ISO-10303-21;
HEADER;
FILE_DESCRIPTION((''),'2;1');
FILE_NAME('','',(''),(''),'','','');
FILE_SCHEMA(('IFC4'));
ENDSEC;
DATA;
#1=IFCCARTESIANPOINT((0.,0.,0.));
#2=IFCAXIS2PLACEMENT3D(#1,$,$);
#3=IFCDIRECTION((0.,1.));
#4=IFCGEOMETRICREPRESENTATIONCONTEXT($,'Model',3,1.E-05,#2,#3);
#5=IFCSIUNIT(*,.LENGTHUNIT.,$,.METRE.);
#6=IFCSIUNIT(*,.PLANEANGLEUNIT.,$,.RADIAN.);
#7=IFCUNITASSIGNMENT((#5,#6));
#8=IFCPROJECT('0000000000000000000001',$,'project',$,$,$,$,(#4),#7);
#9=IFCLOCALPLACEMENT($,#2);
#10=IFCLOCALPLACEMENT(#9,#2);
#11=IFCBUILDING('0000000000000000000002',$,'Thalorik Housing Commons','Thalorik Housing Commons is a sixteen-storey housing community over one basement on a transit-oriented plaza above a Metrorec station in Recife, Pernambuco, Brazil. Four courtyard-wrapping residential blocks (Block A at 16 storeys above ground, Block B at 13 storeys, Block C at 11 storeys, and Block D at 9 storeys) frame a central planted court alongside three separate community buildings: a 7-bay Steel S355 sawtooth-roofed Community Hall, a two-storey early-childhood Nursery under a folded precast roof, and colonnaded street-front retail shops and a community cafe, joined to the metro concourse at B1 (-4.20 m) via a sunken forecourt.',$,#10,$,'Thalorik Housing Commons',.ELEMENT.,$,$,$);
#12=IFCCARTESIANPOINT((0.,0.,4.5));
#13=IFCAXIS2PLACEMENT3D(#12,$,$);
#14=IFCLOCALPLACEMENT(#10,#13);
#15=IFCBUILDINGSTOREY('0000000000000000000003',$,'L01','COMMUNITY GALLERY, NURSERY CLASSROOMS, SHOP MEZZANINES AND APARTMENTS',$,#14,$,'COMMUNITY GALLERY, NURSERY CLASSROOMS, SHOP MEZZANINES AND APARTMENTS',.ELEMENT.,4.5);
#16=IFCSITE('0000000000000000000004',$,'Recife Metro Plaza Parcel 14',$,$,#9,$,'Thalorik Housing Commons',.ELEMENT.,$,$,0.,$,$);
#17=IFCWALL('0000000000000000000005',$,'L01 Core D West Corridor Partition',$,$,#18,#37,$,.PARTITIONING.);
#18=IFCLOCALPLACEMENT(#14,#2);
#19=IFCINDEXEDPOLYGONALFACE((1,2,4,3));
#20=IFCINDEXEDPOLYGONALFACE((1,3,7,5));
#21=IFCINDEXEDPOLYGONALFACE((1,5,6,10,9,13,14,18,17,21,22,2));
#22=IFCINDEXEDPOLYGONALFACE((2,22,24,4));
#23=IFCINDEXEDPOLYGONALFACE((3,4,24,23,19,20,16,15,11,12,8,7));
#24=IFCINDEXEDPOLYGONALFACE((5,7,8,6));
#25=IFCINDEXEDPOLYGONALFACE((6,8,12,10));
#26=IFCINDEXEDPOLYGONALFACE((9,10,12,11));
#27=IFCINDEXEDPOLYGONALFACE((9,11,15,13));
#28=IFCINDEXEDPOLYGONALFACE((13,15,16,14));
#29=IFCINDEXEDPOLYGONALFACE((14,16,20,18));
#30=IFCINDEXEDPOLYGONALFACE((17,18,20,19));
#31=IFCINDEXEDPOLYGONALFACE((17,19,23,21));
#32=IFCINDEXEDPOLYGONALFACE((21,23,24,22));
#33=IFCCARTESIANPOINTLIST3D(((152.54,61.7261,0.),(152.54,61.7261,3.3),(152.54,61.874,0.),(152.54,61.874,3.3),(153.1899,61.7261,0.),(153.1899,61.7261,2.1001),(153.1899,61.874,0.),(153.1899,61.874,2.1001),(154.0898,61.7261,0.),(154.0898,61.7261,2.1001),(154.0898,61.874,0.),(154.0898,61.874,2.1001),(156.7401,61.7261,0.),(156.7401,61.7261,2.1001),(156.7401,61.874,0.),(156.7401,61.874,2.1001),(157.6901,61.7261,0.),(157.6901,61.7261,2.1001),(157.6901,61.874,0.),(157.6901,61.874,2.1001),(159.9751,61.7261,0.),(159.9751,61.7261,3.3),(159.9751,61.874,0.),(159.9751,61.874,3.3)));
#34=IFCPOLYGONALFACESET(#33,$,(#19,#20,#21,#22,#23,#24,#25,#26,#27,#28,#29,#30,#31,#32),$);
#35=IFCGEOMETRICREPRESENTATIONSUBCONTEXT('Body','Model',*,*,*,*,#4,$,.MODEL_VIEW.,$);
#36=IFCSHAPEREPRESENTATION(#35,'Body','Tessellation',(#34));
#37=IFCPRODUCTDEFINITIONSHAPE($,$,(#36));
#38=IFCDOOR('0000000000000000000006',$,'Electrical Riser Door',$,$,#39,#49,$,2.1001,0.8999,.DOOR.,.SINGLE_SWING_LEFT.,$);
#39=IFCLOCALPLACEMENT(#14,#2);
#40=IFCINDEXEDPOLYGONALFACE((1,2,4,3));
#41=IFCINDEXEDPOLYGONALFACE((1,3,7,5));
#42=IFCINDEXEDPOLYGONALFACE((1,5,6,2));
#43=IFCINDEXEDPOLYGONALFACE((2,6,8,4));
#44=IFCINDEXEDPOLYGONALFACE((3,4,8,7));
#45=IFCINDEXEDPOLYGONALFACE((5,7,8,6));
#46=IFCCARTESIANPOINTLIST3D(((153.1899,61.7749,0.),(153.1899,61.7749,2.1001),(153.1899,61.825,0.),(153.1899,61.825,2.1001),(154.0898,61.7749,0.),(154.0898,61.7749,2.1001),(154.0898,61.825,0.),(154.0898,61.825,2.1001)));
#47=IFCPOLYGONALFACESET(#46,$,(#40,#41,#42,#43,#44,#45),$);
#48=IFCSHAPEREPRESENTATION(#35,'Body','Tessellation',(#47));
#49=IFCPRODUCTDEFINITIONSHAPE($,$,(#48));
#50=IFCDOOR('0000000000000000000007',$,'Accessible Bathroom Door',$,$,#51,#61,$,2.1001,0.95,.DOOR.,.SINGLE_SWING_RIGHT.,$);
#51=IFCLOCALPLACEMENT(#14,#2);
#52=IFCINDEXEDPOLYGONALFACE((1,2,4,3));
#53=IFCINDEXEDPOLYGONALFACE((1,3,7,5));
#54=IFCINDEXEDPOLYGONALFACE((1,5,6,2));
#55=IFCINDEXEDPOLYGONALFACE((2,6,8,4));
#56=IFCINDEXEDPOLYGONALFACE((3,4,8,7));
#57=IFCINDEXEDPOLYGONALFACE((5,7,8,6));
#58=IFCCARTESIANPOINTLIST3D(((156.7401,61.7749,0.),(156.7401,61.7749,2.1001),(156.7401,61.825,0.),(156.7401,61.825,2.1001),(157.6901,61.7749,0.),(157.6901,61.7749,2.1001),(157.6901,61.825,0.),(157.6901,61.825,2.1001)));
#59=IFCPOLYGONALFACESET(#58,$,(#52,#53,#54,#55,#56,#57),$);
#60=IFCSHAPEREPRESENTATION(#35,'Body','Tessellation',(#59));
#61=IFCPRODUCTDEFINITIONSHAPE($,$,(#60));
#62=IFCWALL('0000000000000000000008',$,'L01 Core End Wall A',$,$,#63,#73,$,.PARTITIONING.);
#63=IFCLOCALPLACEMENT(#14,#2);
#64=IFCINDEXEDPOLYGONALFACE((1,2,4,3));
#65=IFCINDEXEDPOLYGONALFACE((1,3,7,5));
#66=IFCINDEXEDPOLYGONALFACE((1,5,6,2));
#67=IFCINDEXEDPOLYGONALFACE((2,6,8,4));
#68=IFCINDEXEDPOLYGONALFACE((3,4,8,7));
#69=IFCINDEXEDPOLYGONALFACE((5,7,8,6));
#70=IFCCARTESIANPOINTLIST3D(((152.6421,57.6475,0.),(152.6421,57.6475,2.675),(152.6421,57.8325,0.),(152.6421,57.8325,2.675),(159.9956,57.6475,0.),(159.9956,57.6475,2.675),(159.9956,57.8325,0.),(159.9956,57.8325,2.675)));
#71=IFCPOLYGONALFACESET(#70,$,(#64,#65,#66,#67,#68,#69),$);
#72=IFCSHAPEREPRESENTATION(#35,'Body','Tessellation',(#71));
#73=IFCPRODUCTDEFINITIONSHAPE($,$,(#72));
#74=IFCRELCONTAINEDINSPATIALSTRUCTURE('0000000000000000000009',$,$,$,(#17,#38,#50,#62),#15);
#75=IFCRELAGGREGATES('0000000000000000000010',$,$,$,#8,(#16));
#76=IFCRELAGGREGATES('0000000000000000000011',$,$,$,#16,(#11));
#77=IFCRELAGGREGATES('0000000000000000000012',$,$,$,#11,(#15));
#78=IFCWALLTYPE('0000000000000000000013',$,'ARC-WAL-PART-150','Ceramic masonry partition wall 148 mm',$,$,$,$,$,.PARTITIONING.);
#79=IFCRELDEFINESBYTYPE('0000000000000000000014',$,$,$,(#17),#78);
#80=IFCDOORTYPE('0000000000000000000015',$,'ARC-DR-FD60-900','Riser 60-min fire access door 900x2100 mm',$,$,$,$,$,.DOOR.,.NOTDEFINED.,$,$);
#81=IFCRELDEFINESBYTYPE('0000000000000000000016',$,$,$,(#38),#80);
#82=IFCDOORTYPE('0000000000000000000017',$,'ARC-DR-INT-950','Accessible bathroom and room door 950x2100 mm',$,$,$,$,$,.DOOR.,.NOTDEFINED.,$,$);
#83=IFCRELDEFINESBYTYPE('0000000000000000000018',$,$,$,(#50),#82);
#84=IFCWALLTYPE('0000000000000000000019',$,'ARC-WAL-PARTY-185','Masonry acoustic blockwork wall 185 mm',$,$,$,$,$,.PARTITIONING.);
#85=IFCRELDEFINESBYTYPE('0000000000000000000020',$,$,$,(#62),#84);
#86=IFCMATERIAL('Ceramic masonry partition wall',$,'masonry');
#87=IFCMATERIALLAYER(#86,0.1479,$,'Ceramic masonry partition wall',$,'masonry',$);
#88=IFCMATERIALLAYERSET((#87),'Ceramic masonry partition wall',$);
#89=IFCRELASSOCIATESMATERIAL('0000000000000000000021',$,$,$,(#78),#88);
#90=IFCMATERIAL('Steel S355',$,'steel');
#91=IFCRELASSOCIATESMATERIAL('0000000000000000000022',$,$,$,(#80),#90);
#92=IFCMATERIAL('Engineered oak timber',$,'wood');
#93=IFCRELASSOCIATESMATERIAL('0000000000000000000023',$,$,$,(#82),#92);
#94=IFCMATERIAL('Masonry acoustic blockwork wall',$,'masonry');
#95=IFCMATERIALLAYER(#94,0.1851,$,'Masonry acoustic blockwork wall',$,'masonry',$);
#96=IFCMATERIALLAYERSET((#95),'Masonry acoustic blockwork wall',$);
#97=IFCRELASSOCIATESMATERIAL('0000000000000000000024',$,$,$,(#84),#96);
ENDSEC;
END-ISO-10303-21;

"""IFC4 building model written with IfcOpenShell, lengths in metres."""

from ifc_helpers import new_model, si_unit, direction, frame, frame_2d, origin, place, context, subcontext, project, spatial, rectangle, extrude, material, layer, layer_set, type_object, element, fill, save


model = new_model("IFC4")

# Units and contexts
model_context = context("Model", 3, precision=1e-05, world=origin(), true_north=direction((0.0, 1.0)))
body_context = subcontext(model_context, "Body", "Model", "MODEL_VIEW")
ifc_project = project(units=[si_unit("LENGTHUNIT", "METRE"), si_unit("PLANEANGLEUNIT", "RADIAN")], contexts=[model_context])

# Site, building, storey
site_placement = place(None, origin())
site = spatial("IfcSite", under=ifc_project, at=site_placement, Name="Recife Metro Plaza Parcel 14", LongName="Thalorik Housing Commons", CompositionType="ELEMENT", RefElevation=0.0)
building_placement = place(site_placement, origin())
building = spatial("IfcBuilding", under=site, at=building_placement, Name="Thalorik Housing Commons", Description="Thalorik Housing Commons is a sixteen-storey housing community over one basement on a transit-oriented plaza above a Metrorec station in Recife, Pernambuco, Brazil. Four courtyard-wrapping residential blocks (Block A at 16 storeys above ground, Block B at 13 storeys, Block C at 11 storeys, and Block D at 9 storeys) frame a central planted court alongside three separate community buildings: a 7-bay Steel S355 sawtooth-roofed Community Hall, a two-storey early-childhood Nursery under a folded precast roof, and colonnaded street-front retail shops and a community cafe, joined to the metro concourse at B1 (-4.20 m) via a sunken forecourt.", LongName="Thalorik Housing Commons", CompositionType="ELEMENT")
storey_placement = place(building_placement, frame((0.0, 0.0, 4.5)))
storey = spatial("IfcBuildingStorey", under=building, at=storey_placement, Name="L01", Description="COMMUNITY GALLERY, NURSERY CLASSROOMS, SHOP MEZZANINES AND APARTMENTS", LongName="COMMUNITY GALLERY, NURSERY CLASSROOMS, SHOP MEZZANINES AND APARTMENTS", CompositionType="ELEMENT", Elevation=4.5)

# Shared definitions
ifc_material_1 = material(Name="Ceramic masonry partition wall", Category="masonry")
ifc_layer_1 = layer(ifc_material_1, 0.1479, Name="Ceramic masonry partition wall", Category="masonry")
ifc_layer_set_1 = layer_set([ifc_layer_1], Name="Ceramic masonry partition wall")
wall_type_1 = type_object("IfcWallType", Name="ARC-WAL-PART-150", Description="Ceramic masonry partition wall 148 mm", PredefinedType="PARTITIONING", material=ifc_layer_set_1)

# Wall, openings, doors
wall_1_placement = place(storey_placement, frame((152.54, 61.8, 0.0), z_axis=(0.0, 0.0, 1.0), x_axis=(1.0, 0.0, 0.0)))
wall_1 = element("IfcWall", 1, at=wall_1_placement, inside=storey, type_object=wall_type_1, Name="L01 Core D West Corridor Partition", PredefinedType="PARTITIONING", context=body_context, shape_type="SweptSolid", body=[
    extrude(rectangle(XDim=7.4351, YDim=0.1479, at=frame_2d((3.7175, 0.0))), origin(), (0.0, 0.0, 1.0), 3.3),
])
opening_1_placement = place(wall_1_placement, frame((0.6499, 0.0, 0.0)))
opening_1 = element("IfcOpeningElement", 2, at=opening_1_placement, cuts=wall_1, PredefinedType="OPENING", context=body_context, shape_type="SweptSolid", body=[
    extrude(rectangle(XDim=0.8999, YDim=2.1001, at=frame_2d((0.45, 1.05))), frame((0.0, 0.084, 0.0), z_axis=(0.0, -1.0, 0.0), x_axis=(1.0, 0.0, 0.0)), (0.0, 0.0, 1.0), 0.168),
])
opening_2_placement = place(wall_1_placement, frame((4.2, 0.0, 0.0)))
opening_2 = element("IfcOpeningElement", 3, at=opening_2_placement, cuts=wall_1, PredefinedType="OPENING", context=body_context, shape_type="SweptSolid", body=[
    extrude(rectangle(XDim=0.95, YDim=2.1001, at=frame_2d((0.4751, 1.05))), frame((0.0, 0.084, 0.0), z_axis=(0.0, -1.0, 0.0), x_axis=(1.0, 0.0, 0.0)), (0.0, 0.0, 1.0), 0.168),
])
ifc_material_2 = material(Name="Steel S355", Category="steel")
door_type_1 = type_object("IfcDoorType", Name="ARC-DR-FD60-900", Description="Riser 60-min fire access door 900x2100 mm", OperationType="NOTDEFINED", PredefinedType="DOOR", material=ifc_material_2)
door_1_placement = place(opening_1_placement, origin())
door_1 = element("IfcDoor", 4, at=door_1_placement, inside=storey, type_object=door_type_1, Name="Electrical Riser Door", OperationType="SINGLE_SWING_LEFT", OverallHeight=2.1001, OverallWidth=0.8999, PredefinedType="DOOR", context=body_context, shape_type="SweptSolid", body=[
    extrude(rectangle(XDim=0.8999, YDim=2.1001, at=frame_2d((0.45, 1.05))), frame((0.0, 0.0249, 0.0), z_axis=(0.0, -1.0, 0.0), x_axis=(1.0, 0.0, 0.0)), (0.0, 0.0, 1.0), 0.05),
])
fill(opening_1, door_1)
ifc_material_3 = material(Name="Engineered oak timber", Category="wood")
door_type_2 = type_object("IfcDoorType", Name="ARC-DR-INT-950", Description="Accessible bathroom and room door 950x2100 mm", OperationType="NOTDEFINED", PredefinedType="DOOR", material=ifc_material_3)
door_2_placement = place(opening_2_placement, origin())
door_2 = element("IfcDoor", 5, at=door_2_placement, inside=storey, type_object=door_type_2, Name="Accessible Bathroom Door", OperationType="SINGLE_SWING_RIGHT", OverallHeight=2.1001, OverallWidth=0.95, PredefinedType="DOOR", context=body_context, shape_type="SweptSolid", body=[
    extrude(rectangle(XDim=0.95, YDim=2.1001, at=frame_2d((0.4751, 1.05))), frame((0.0, 0.0249, 0.0), z_axis=(0.0, -1.0, 0.0), x_axis=(1.0, 0.0, 0.0)), (0.0, 0.0, 1.0), 0.05),
])
fill(opening_2, door_2)

# Wall
ifc_material_4 = material(Name="Masonry acoustic blockwork wall", Category="masonry")
ifc_layer_2 = layer(ifc_material_4, 0.1851, Name="Masonry acoustic blockwork wall", Category="masonry")
ifc_layer_set_2 = layer_set([ifc_layer_2], Name="Masonry acoustic blockwork wall")
wall_type_2 = type_object("IfcWallType", Name="ARC-WAL-PARTY-185", Description="Masonry acoustic blockwork wall 185 mm", PredefinedType="PARTITIONING", material=ifc_layer_set_2)
wall_2_placement = place(storey_placement, frame((152.6421, 57.74, 0.0), z_axis=(0.0, 0.0, 1.0), x_axis=(1.0, 0.0, 0.0)))
element("IfcWall", 6, at=wall_2_placement, inside=storey, type_object=wall_type_2, Name="L01 Core End Wall A", PredefinedType="PARTITIONING", context=body_context, shape_type="SweptSolid", body=[
    extrude(rectangle(XDim=7.3535, YDim=0.1851, at=frame_2d((3.6768, 0.0))), origin(), (0.0, 0.0, 1.0), 2.675),
])

save(model, "model.ifc")
